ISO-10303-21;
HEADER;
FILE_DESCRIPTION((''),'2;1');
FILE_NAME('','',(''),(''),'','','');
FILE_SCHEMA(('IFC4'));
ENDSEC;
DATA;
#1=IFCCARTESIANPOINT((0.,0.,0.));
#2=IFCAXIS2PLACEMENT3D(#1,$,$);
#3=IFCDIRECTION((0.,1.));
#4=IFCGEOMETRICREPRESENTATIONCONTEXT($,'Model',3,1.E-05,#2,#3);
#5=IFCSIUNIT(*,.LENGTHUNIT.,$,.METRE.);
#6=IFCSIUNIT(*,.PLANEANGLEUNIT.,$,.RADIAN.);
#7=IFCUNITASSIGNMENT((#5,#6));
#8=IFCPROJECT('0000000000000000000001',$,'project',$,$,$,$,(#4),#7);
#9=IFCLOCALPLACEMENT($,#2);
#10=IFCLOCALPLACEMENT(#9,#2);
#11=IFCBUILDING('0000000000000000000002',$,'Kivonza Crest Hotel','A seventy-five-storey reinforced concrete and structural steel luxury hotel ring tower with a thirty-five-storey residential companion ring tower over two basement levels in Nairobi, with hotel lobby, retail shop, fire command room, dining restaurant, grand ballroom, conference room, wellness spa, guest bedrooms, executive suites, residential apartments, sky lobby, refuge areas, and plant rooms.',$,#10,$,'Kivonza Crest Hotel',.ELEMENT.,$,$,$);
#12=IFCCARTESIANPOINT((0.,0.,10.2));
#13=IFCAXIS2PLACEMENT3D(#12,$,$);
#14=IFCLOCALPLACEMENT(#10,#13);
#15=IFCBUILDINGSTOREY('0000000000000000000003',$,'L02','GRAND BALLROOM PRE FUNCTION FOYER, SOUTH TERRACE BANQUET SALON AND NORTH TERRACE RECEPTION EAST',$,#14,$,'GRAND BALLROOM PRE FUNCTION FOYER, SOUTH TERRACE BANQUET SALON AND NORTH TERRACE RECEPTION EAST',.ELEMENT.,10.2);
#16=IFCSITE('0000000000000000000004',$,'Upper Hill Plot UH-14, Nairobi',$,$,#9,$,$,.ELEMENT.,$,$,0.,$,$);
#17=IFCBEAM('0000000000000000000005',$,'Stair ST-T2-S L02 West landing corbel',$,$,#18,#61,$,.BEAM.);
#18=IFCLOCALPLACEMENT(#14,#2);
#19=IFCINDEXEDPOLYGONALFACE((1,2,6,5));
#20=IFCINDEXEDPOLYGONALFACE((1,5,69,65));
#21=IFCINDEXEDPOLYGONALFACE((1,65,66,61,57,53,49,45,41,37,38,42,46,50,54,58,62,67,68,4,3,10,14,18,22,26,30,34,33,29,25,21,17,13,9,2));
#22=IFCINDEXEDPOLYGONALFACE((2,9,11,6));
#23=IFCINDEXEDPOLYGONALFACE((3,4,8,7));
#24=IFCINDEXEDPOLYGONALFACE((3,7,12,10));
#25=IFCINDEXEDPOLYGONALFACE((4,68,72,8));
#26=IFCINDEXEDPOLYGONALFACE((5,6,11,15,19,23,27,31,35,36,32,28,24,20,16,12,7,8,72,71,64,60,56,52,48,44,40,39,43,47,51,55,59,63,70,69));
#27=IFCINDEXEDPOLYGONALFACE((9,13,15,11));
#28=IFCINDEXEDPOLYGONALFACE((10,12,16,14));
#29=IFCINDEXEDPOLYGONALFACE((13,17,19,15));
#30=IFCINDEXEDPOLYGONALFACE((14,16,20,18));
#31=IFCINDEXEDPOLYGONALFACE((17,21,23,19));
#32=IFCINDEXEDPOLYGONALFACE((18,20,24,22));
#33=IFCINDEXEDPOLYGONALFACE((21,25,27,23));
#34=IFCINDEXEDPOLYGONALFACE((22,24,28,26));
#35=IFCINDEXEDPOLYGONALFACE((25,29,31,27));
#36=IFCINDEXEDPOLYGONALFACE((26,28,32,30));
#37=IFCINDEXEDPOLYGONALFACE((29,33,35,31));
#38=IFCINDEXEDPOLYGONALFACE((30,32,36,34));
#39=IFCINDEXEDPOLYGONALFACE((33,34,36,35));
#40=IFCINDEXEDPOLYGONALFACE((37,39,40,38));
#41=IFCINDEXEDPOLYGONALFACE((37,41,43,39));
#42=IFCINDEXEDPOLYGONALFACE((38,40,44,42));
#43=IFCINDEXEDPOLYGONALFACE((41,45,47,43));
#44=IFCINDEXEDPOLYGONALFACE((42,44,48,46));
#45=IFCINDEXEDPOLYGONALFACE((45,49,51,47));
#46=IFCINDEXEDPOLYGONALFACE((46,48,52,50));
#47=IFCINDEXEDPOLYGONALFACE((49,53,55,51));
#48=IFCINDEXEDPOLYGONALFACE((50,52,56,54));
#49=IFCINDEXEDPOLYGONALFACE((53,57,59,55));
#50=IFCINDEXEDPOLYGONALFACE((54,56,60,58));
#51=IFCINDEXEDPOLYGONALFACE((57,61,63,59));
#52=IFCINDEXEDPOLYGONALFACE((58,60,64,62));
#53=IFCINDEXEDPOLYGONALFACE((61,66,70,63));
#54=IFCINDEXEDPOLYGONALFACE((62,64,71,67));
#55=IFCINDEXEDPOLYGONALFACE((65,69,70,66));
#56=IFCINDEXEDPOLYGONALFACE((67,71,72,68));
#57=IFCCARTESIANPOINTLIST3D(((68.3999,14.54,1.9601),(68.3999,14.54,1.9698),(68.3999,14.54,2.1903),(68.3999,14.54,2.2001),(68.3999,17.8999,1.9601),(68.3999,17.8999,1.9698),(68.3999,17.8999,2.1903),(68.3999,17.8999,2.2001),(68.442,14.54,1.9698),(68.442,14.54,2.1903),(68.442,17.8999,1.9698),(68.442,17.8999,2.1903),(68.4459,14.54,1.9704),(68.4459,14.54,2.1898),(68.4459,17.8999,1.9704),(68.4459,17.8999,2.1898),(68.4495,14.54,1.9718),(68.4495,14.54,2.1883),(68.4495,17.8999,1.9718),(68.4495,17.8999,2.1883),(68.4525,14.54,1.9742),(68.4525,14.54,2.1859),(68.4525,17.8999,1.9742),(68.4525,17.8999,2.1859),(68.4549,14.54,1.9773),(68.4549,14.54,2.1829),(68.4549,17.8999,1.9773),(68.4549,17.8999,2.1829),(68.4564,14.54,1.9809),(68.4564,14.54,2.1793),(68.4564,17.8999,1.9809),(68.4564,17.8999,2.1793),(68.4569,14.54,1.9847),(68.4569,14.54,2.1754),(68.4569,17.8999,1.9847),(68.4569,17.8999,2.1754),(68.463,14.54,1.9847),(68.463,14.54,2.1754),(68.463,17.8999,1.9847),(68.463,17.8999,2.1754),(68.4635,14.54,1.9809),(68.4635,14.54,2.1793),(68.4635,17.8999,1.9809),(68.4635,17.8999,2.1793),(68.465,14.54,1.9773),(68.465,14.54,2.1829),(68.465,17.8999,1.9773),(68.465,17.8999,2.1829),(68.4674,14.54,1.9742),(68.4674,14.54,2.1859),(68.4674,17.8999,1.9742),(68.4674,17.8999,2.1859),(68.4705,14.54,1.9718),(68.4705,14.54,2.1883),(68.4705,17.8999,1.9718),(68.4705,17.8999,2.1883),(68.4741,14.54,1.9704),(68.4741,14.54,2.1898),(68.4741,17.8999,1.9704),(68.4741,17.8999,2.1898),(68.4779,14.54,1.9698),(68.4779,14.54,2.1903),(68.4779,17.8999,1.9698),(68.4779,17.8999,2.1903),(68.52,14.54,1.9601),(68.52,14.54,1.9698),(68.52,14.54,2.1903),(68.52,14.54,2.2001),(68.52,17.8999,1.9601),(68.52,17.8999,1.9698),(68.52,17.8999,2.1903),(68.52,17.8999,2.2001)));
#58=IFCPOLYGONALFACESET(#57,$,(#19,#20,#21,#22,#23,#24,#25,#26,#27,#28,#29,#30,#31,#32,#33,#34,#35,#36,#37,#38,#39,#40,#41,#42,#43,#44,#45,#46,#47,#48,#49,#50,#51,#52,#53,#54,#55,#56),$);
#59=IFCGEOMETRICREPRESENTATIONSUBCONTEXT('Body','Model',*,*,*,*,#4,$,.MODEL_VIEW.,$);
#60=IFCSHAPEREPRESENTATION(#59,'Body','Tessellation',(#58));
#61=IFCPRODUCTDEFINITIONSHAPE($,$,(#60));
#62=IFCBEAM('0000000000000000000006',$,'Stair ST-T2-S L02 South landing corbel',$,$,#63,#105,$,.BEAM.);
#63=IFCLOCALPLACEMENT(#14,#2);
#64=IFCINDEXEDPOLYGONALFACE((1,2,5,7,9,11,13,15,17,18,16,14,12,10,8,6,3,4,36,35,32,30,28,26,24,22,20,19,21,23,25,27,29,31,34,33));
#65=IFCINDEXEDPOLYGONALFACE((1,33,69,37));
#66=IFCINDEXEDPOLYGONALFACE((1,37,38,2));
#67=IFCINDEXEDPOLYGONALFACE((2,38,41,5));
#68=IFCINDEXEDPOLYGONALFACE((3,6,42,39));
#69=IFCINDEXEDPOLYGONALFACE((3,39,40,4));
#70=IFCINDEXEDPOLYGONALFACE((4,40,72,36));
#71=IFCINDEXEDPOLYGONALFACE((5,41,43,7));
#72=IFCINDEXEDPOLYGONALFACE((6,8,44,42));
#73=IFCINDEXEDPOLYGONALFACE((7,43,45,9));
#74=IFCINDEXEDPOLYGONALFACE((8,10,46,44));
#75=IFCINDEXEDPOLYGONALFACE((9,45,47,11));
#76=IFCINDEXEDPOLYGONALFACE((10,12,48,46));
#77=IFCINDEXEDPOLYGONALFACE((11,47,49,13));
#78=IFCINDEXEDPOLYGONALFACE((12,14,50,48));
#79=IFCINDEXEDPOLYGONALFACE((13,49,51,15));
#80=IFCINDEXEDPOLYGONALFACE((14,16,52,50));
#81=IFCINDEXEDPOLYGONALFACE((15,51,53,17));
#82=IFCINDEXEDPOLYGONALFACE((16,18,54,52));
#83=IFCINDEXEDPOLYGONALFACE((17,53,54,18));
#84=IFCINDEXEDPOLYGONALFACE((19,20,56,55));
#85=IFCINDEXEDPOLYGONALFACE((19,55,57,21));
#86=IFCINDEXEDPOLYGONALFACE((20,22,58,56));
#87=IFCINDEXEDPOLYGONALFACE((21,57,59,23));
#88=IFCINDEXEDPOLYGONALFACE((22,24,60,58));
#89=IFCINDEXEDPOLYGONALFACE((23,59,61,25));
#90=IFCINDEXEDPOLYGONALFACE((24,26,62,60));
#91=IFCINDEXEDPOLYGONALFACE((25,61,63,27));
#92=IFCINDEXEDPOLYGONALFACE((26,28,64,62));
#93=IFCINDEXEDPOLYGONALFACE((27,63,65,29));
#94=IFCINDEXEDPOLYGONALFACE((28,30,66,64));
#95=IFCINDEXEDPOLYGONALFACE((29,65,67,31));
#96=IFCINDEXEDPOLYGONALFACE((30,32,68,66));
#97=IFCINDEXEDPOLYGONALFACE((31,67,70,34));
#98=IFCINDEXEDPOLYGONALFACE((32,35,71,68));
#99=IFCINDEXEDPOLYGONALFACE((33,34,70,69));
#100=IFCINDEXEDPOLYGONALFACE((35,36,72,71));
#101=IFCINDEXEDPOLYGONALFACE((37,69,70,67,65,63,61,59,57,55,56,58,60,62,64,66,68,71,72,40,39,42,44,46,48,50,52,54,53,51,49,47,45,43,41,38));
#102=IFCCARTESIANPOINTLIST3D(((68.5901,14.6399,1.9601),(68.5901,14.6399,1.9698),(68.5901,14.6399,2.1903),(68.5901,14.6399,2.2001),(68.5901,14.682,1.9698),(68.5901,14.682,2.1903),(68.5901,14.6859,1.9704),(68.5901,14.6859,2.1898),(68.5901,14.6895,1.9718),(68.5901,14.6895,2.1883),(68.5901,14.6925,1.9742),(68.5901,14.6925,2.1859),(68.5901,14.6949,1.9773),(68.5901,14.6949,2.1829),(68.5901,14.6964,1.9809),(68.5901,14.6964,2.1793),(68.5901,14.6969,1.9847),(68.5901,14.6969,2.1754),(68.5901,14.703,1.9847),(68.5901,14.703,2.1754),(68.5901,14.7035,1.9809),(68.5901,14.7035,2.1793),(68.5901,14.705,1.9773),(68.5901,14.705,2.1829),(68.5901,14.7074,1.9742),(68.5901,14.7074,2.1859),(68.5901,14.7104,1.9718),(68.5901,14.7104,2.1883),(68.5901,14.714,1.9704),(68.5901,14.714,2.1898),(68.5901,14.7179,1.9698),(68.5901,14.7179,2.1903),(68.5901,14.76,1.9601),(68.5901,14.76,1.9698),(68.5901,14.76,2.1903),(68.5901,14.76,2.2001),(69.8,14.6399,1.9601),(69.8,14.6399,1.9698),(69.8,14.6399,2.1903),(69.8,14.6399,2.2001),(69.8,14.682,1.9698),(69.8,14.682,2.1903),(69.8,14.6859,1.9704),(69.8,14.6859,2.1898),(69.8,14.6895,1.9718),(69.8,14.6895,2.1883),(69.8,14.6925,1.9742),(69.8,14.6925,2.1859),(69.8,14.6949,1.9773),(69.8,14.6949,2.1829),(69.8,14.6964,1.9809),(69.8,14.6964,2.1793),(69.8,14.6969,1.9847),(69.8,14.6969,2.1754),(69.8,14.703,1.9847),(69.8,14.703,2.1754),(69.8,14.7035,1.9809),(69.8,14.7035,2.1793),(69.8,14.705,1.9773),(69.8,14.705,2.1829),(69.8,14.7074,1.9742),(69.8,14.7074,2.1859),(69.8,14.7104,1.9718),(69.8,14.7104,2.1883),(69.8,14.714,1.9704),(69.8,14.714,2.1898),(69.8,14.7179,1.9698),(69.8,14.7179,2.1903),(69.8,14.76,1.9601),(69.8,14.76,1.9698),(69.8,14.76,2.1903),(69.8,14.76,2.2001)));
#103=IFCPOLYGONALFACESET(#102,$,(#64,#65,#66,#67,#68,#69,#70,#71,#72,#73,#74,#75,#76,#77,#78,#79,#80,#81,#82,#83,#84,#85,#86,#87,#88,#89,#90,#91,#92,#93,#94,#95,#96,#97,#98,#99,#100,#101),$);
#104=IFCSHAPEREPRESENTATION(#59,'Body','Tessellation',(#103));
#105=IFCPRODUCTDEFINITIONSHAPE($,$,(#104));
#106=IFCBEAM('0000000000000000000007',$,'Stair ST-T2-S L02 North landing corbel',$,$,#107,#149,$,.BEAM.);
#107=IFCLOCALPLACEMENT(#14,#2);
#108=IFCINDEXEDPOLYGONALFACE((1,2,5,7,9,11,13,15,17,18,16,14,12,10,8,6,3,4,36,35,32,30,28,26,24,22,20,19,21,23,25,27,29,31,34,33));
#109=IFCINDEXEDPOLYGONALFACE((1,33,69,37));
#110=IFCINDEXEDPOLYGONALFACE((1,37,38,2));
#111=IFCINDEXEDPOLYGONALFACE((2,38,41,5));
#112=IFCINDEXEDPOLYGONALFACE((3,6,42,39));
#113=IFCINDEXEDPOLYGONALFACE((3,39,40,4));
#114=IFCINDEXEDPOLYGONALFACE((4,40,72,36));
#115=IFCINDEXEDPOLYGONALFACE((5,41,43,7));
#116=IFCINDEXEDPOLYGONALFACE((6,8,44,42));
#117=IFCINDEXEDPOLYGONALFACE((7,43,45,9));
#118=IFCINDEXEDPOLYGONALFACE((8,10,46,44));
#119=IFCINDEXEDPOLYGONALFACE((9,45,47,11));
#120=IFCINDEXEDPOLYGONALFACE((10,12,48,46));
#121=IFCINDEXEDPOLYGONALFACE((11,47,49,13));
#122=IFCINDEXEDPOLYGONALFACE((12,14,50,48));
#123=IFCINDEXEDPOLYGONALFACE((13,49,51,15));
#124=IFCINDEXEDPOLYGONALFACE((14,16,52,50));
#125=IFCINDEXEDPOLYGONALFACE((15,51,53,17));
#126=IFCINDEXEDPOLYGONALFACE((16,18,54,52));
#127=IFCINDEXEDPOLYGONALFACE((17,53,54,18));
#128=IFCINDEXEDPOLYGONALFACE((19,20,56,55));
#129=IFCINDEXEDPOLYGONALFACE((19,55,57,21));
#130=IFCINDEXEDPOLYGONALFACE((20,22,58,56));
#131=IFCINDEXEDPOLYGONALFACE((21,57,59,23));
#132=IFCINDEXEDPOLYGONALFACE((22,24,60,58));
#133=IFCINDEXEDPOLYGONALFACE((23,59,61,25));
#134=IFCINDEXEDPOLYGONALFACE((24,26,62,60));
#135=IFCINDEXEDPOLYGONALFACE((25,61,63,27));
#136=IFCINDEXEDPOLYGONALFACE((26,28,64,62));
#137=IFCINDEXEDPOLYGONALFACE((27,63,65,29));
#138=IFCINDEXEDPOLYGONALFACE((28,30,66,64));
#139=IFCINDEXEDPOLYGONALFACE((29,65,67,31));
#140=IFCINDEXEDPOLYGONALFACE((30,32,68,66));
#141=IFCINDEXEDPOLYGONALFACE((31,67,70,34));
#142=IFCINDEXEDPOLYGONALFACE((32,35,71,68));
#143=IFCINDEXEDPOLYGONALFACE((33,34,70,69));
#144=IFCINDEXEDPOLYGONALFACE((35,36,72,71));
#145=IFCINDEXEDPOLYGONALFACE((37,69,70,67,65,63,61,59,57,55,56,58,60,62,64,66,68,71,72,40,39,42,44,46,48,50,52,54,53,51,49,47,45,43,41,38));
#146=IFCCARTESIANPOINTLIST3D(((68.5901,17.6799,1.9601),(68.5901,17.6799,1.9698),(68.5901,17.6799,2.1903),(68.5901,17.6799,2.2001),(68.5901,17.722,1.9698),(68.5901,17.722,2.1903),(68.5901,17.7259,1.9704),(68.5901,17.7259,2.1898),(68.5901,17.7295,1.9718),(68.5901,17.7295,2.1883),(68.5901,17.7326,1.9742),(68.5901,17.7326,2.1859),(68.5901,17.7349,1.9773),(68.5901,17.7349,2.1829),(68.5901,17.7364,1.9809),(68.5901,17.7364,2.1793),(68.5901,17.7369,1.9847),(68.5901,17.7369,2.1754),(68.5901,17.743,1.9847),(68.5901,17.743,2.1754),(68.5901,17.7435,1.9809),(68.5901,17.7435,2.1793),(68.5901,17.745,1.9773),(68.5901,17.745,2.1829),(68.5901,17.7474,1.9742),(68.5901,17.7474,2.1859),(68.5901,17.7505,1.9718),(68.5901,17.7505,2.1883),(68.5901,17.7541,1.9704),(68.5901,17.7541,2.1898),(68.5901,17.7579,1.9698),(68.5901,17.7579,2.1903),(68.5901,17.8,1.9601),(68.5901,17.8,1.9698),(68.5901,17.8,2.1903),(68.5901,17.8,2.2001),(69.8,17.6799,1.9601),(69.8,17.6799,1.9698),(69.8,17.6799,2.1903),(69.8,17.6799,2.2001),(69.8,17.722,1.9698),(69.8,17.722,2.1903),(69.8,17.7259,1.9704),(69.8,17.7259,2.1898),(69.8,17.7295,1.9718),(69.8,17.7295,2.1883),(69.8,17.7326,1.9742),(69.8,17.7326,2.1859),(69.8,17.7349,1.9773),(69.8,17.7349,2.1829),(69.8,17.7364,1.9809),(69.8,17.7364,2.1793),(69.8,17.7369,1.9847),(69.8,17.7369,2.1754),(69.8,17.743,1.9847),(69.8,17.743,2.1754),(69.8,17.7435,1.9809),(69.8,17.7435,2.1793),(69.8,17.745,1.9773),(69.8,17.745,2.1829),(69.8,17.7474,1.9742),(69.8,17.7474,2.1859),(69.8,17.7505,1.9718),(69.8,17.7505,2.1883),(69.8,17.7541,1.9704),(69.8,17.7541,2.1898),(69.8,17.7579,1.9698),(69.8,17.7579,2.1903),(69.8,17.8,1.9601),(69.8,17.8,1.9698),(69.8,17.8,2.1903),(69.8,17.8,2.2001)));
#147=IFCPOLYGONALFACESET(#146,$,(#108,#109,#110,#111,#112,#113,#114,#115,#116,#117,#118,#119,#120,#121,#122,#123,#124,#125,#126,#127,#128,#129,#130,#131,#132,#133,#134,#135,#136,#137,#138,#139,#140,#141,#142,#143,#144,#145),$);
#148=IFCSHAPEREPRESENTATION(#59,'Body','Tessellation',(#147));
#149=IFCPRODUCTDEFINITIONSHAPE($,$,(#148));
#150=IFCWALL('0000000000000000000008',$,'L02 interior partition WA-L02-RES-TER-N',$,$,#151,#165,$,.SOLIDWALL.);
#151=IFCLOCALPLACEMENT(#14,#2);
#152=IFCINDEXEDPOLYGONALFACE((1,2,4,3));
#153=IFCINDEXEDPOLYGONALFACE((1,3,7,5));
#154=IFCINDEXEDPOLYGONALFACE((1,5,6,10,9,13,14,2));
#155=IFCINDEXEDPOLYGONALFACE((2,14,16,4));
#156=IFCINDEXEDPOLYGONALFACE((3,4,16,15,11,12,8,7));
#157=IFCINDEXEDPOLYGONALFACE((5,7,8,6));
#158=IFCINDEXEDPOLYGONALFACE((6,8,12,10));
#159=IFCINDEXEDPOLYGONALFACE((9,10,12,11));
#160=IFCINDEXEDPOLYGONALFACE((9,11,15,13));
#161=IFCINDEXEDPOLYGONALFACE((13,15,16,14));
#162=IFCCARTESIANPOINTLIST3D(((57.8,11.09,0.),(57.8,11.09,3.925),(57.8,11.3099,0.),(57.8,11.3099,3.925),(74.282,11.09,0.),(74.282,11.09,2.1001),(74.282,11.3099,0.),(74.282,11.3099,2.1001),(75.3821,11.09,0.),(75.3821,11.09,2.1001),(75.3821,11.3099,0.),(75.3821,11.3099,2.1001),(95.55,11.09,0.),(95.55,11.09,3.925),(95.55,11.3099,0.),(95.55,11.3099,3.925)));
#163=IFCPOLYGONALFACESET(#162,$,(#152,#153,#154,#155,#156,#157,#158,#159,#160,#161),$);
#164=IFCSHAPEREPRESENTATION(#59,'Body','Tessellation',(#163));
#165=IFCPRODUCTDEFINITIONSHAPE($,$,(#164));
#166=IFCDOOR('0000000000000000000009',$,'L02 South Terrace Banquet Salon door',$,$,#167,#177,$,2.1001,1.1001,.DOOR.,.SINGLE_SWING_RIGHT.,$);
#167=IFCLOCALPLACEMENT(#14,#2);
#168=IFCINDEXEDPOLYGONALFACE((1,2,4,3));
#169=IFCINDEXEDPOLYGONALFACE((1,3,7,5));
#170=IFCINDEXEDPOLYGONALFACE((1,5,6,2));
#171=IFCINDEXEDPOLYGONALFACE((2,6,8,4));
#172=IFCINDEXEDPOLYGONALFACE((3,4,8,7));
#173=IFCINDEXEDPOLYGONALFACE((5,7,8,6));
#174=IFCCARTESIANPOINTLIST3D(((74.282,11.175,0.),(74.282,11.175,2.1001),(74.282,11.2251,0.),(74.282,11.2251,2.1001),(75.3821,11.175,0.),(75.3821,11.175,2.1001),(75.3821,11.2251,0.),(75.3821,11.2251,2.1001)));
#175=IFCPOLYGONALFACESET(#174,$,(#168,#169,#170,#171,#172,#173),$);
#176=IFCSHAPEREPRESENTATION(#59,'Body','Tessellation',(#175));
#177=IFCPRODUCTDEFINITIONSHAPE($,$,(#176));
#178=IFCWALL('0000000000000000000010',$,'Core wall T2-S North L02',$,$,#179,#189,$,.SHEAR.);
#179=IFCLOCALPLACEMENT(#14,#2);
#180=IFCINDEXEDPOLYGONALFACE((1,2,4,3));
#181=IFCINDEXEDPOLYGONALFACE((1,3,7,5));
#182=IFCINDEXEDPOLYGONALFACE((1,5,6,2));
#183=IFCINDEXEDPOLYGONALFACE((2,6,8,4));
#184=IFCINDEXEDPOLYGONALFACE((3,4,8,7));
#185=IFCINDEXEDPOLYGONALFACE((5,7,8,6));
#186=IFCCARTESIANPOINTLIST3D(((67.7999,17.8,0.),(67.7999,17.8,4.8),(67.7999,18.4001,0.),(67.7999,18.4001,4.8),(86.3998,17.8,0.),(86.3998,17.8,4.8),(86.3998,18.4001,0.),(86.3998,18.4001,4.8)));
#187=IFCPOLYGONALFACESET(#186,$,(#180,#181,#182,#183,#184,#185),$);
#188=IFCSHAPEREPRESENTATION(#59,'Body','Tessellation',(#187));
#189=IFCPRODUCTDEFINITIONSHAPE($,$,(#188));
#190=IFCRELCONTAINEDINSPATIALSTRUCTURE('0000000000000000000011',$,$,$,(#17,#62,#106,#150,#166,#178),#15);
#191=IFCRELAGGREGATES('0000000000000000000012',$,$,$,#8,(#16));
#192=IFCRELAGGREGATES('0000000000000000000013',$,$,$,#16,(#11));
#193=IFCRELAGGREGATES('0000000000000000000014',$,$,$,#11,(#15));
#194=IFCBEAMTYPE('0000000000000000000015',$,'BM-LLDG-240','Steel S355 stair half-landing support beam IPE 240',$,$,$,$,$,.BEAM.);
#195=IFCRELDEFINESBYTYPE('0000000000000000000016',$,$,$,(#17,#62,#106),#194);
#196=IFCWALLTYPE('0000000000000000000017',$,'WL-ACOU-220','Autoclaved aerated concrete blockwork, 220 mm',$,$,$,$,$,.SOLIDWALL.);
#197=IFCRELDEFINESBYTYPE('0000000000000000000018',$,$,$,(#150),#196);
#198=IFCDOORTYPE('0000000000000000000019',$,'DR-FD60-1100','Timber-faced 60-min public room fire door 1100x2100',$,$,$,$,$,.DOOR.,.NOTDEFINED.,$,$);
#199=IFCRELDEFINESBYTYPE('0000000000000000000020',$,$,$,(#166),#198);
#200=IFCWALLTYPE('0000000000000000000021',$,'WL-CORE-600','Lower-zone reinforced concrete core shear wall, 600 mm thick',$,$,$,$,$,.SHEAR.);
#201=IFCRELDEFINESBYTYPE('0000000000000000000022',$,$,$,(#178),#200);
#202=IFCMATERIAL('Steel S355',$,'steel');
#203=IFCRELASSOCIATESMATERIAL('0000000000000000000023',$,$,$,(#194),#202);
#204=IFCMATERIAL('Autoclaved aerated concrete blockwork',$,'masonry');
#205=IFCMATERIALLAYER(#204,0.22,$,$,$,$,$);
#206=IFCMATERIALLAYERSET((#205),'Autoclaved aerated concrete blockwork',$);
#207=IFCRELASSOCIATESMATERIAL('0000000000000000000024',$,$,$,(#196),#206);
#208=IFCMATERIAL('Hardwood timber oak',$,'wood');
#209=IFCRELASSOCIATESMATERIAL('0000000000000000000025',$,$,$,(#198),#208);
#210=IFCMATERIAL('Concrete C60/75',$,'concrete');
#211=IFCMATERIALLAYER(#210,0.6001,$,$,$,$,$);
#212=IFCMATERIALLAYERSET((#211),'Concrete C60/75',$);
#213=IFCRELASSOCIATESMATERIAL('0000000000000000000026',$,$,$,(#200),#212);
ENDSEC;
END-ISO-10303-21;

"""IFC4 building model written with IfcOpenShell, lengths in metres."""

from ifc_helpers import new_model, si_unit, direction, frame, frame_2d, origin, origin_2d, place, context, subcontext, project, spatial, rectangle, i_section, extrude, material, layer, layer_set, material_profile, profile_set, type_object, element, fill, save


model = new_model("IFC4")

# Units and contexts
model_context = context("Model", 3, precision=1e-05, world=origin(), true_north=direction((0.0, 1.0)))
body_context = subcontext(model_context, "Body", "Model", "MODEL_VIEW")
ifc_project = project(units=[si_unit("LENGTHUNIT", "METRE"), si_unit("PLANEANGLEUNIT", "RADIAN")], contexts=[model_context])

# Site, building, storey
site_placement = place(None, origin())
site = spatial("IfcSite", under=ifc_project, at=site_placement, Name="Upper Hill Plot UH-14, Nairobi", CompositionType="ELEMENT", RefElevation=0.0)
building_placement = place(site_placement, origin())
building = spatial("IfcBuilding", under=site, at=building_placement, Name="Kivonza Crest Hotel", Description="A seventy-five-storey reinforced concrete and structural steel luxury hotel ring tower with a thirty-five-storey residential companion ring tower over two basement levels in Nairobi, with hotel lobby, retail shop, fire command room, dining restaurant, grand ballroom, conference room, wellness spa, guest bedrooms, executive suites, residential apartments, sky lobby, refuge areas, and plant rooms.", LongName="Kivonza Crest Hotel", CompositionType="ELEMENT")
storey_placement = place(building_placement, frame((0.0, 0.0, 10.2)))
storey = spatial("IfcBuildingStorey", under=building, at=storey_placement, Name="L02", Description="GRAND BALLROOM PRE FUNCTION FOYER, SOUTH TERRACE BANQUET SALON AND NORTH TERRACE RECEPTION EAST", LongName="GRAND BALLROOM PRE FUNCTION FOYER, SOUTH TERRACE BANQUET SALON AND NORTH TERRACE RECEPTION EAST", CompositionType="ELEMENT", Elevation=10.2)

# Shared definitions
ifc_material_1 = material(Name="Concrete C60/75", Category="concrete")

# Beams
ifc_material_2 = material(Name="Steel S355", Category="steel")
ifc_material_profile_1 = material_profile(ifc_material_2, i_section(OverallWidth=0.1201, OverallDepth=0.24, WebThickness=0.0061, FlangeThickness=0.0098, FilletRadius=0.0149, at=origin_2d()), Name="IPE 240")
ifc_profile_set_1 = profile_set([ifc_material_profile_1], Name="Steel S355")
beam_type_1 = type_object("IfcBeamType", Name="BM-LLDG-240", Description="Steel S355 stair half-landing support beam IPE 240", PredefinedType="BEAM", material=ifc_profile_set_1)
beam_1_placement = place(storey_placement, frame((68.46, 14.54, 2.0801), z_axis=(0.0, 1.0, 0.0), x_axis=(-1.0, 0.0, 0.0)))
element("IfcBeam", 1, at=beam_1_placement, inside=storey, type_object=beam_type_1, Name="Stair ST-T2-S L02 West landing corbel", PredefinedType="BEAM", context=body_context, shape_type="SweptSolid", body=[
    extrude(i_section(OverallWidth=0.1201, OverallDepth=0.24, WebThickness=0.0061, FlangeThickness=0.0098, FilletRadius=0.0149, at=origin_2d()), origin(), (0.0, 0.0, 1.0), 3.3599),
])
for number, where, z_axis, x_axis, name in (
    (2, (68.5901, 14.7, 2.0801), (1.0, 0.0, 0.0), (0.0, 1.0, 0.0), "Stair ST-T2-S L02 South landing corbel"),
    (3, (68.5901, 17.74, 2.0801), (1.0, 0.0, 0.0), (0.0, 1.0, 0.0), "Stair ST-T2-S L02 North landing corbel"),
):
    element("IfcBeam", number, at=place(storey_placement, frame(where, z_axis=z_axis, x_axis=x_axis)), inside=storey, type_object=beam_type_1, Name=name, PredefinedType="BEAM", context=body_context, shape_type="SweptSolid", body=[
        extrude(i_section(OverallWidth=0.1201, OverallDepth=0.24, WebThickness=0.0061, FlangeThickness=0.0098, FilletRadius=0.0149, at=origin_2d()), origin(), (0.0, 0.0, 1.0), 1.21),
    ])

# Wall, opening, door
ifc_material_3 = material(Name="Autoclaved aerated concrete blockwork", Category="masonry")
ifc_layer_1 = layer(ifc_material_3, 0.22)
ifc_layer_set_1 = layer_set([ifc_layer_1], Name="Autoclaved aerated concrete blockwork")
wall_type_1 = type_object("IfcWallType", Name="WL-ACOU-220", Description="Autoclaved aerated concrete blockwork, 220 mm", PredefinedType="SOLIDWALL", material=ifc_layer_set_1)
wall_1_placement = place(storey_placement, frame((57.8, 11.2, 0.0), z_axis=(0.0, 0.0, 1.0), x_axis=(1.0, 0.0, 0.0)))
wall_1 = element("IfcWall", 4, at=wall_1_placement, inside=storey, type_object=wall_type_1, Name="L02 interior partition WA-L02-RES-TER-N", PredefinedType="SOLIDWALL", context=body_context, shape_type="SweptSolid", body=[
    extrude(rectangle(XDim=37.75, YDim=0.22, at=frame_2d((18.875, 0.0))), origin(), (0.0, 0.0, 1.0), 3.925),
])
opening_1_placement = place(wall_1_placement, frame((16.4819, 0.0, 0.0)))
opening_1 = element("IfcOpeningElement", 5, at=opening_1_placement, cuts=wall_1, PredefinedType="OPENING", context=body_context, shape_type="SweptSolid", body=[
    extrude(rectangle(XDim=1.1001, YDim=2.1001, at=frame_2d((0.55, 1.05))), frame((0.0, 0.1201, 0.0), z_axis=(0.0, -1.0, 0.0), x_axis=(1.0, 0.0, 0.0)), (0.0, 0.0, 1.0), 0.24),
])
ifc_material_4 = material(Name="Hardwood timber oak", Category="wood")
door_type_1 = type_object("IfcDoorType", Name="DR-FD60-1100", Description="Timber-faced 60-min public room fire door 1100x2100", OperationType="NOTDEFINED", PredefinedType="DOOR", material=ifc_material_4)
door_1_placement = place(opening_1_placement, frame((1.1001, 0.0, 0.0), z_axis=(0.0, 0.0, 1.0), x_axis=(-1.0, 0.0, 0.0)))
door_1 = element("IfcDoor", 6, at=door_1_placement, inside=storey, type_object=door_type_1, Name="L02 South Terrace Banquet Salon door", OperationType="SINGLE_SWING_RIGHT", OverallHeight=2.1001, OverallWidth=1.1001, PredefinedType="DOOR", context=body_context, shape_type="SweptSolid", body=[
    extrude(rectangle(XDim=1.1001, YDim=2.1001, at=frame_2d((0.55, 1.05))), frame((0.0, 0.0249, 0.0), z_axis=(0.0, -1.0, 0.0), x_axis=(1.0, 0.0, 0.0)), (0.0, 0.0, 1.0), 0.05),
])
fill(opening_1, door_1)

# Shared definitions
ifc_layer_2 = layer(ifc_material_1, 0.6001)
ifc_layer_set_2 = layer_set([ifc_layer_2], Name="Concrete C60/75")
wall_type_2 = type_object("IfcWallType", Name="WL-CORE-600", Description="Lower-zone reinforced concrete core shear wall, 600 mm thick", PredefinedType="SHEAR", material=ifc_layer_set_2)

# Wall
wall_2_placement = place(storey_placement, frame((67.8, 18.1001, 0.0), z_axis=(0.0, 0.0, 1.0), x_axis=(1.0, 0.0, 0.0)))
element("IfcWall", 7, at=wall_2_placement, inside=storey, type_object=wall_type_2, Name="Core wall T2-S North L02", PredefinedType="SHEAR", context=body_context, shape_type="SweptSolid", body=[
    extrude(rectangle(XDim=18.5999, YDim=0.6001, at=frame_2d((9.2998, 0.0))), origin(), (0.0, 0.0, 1.0), 4.8),
])

save(model, "model.ifc")
